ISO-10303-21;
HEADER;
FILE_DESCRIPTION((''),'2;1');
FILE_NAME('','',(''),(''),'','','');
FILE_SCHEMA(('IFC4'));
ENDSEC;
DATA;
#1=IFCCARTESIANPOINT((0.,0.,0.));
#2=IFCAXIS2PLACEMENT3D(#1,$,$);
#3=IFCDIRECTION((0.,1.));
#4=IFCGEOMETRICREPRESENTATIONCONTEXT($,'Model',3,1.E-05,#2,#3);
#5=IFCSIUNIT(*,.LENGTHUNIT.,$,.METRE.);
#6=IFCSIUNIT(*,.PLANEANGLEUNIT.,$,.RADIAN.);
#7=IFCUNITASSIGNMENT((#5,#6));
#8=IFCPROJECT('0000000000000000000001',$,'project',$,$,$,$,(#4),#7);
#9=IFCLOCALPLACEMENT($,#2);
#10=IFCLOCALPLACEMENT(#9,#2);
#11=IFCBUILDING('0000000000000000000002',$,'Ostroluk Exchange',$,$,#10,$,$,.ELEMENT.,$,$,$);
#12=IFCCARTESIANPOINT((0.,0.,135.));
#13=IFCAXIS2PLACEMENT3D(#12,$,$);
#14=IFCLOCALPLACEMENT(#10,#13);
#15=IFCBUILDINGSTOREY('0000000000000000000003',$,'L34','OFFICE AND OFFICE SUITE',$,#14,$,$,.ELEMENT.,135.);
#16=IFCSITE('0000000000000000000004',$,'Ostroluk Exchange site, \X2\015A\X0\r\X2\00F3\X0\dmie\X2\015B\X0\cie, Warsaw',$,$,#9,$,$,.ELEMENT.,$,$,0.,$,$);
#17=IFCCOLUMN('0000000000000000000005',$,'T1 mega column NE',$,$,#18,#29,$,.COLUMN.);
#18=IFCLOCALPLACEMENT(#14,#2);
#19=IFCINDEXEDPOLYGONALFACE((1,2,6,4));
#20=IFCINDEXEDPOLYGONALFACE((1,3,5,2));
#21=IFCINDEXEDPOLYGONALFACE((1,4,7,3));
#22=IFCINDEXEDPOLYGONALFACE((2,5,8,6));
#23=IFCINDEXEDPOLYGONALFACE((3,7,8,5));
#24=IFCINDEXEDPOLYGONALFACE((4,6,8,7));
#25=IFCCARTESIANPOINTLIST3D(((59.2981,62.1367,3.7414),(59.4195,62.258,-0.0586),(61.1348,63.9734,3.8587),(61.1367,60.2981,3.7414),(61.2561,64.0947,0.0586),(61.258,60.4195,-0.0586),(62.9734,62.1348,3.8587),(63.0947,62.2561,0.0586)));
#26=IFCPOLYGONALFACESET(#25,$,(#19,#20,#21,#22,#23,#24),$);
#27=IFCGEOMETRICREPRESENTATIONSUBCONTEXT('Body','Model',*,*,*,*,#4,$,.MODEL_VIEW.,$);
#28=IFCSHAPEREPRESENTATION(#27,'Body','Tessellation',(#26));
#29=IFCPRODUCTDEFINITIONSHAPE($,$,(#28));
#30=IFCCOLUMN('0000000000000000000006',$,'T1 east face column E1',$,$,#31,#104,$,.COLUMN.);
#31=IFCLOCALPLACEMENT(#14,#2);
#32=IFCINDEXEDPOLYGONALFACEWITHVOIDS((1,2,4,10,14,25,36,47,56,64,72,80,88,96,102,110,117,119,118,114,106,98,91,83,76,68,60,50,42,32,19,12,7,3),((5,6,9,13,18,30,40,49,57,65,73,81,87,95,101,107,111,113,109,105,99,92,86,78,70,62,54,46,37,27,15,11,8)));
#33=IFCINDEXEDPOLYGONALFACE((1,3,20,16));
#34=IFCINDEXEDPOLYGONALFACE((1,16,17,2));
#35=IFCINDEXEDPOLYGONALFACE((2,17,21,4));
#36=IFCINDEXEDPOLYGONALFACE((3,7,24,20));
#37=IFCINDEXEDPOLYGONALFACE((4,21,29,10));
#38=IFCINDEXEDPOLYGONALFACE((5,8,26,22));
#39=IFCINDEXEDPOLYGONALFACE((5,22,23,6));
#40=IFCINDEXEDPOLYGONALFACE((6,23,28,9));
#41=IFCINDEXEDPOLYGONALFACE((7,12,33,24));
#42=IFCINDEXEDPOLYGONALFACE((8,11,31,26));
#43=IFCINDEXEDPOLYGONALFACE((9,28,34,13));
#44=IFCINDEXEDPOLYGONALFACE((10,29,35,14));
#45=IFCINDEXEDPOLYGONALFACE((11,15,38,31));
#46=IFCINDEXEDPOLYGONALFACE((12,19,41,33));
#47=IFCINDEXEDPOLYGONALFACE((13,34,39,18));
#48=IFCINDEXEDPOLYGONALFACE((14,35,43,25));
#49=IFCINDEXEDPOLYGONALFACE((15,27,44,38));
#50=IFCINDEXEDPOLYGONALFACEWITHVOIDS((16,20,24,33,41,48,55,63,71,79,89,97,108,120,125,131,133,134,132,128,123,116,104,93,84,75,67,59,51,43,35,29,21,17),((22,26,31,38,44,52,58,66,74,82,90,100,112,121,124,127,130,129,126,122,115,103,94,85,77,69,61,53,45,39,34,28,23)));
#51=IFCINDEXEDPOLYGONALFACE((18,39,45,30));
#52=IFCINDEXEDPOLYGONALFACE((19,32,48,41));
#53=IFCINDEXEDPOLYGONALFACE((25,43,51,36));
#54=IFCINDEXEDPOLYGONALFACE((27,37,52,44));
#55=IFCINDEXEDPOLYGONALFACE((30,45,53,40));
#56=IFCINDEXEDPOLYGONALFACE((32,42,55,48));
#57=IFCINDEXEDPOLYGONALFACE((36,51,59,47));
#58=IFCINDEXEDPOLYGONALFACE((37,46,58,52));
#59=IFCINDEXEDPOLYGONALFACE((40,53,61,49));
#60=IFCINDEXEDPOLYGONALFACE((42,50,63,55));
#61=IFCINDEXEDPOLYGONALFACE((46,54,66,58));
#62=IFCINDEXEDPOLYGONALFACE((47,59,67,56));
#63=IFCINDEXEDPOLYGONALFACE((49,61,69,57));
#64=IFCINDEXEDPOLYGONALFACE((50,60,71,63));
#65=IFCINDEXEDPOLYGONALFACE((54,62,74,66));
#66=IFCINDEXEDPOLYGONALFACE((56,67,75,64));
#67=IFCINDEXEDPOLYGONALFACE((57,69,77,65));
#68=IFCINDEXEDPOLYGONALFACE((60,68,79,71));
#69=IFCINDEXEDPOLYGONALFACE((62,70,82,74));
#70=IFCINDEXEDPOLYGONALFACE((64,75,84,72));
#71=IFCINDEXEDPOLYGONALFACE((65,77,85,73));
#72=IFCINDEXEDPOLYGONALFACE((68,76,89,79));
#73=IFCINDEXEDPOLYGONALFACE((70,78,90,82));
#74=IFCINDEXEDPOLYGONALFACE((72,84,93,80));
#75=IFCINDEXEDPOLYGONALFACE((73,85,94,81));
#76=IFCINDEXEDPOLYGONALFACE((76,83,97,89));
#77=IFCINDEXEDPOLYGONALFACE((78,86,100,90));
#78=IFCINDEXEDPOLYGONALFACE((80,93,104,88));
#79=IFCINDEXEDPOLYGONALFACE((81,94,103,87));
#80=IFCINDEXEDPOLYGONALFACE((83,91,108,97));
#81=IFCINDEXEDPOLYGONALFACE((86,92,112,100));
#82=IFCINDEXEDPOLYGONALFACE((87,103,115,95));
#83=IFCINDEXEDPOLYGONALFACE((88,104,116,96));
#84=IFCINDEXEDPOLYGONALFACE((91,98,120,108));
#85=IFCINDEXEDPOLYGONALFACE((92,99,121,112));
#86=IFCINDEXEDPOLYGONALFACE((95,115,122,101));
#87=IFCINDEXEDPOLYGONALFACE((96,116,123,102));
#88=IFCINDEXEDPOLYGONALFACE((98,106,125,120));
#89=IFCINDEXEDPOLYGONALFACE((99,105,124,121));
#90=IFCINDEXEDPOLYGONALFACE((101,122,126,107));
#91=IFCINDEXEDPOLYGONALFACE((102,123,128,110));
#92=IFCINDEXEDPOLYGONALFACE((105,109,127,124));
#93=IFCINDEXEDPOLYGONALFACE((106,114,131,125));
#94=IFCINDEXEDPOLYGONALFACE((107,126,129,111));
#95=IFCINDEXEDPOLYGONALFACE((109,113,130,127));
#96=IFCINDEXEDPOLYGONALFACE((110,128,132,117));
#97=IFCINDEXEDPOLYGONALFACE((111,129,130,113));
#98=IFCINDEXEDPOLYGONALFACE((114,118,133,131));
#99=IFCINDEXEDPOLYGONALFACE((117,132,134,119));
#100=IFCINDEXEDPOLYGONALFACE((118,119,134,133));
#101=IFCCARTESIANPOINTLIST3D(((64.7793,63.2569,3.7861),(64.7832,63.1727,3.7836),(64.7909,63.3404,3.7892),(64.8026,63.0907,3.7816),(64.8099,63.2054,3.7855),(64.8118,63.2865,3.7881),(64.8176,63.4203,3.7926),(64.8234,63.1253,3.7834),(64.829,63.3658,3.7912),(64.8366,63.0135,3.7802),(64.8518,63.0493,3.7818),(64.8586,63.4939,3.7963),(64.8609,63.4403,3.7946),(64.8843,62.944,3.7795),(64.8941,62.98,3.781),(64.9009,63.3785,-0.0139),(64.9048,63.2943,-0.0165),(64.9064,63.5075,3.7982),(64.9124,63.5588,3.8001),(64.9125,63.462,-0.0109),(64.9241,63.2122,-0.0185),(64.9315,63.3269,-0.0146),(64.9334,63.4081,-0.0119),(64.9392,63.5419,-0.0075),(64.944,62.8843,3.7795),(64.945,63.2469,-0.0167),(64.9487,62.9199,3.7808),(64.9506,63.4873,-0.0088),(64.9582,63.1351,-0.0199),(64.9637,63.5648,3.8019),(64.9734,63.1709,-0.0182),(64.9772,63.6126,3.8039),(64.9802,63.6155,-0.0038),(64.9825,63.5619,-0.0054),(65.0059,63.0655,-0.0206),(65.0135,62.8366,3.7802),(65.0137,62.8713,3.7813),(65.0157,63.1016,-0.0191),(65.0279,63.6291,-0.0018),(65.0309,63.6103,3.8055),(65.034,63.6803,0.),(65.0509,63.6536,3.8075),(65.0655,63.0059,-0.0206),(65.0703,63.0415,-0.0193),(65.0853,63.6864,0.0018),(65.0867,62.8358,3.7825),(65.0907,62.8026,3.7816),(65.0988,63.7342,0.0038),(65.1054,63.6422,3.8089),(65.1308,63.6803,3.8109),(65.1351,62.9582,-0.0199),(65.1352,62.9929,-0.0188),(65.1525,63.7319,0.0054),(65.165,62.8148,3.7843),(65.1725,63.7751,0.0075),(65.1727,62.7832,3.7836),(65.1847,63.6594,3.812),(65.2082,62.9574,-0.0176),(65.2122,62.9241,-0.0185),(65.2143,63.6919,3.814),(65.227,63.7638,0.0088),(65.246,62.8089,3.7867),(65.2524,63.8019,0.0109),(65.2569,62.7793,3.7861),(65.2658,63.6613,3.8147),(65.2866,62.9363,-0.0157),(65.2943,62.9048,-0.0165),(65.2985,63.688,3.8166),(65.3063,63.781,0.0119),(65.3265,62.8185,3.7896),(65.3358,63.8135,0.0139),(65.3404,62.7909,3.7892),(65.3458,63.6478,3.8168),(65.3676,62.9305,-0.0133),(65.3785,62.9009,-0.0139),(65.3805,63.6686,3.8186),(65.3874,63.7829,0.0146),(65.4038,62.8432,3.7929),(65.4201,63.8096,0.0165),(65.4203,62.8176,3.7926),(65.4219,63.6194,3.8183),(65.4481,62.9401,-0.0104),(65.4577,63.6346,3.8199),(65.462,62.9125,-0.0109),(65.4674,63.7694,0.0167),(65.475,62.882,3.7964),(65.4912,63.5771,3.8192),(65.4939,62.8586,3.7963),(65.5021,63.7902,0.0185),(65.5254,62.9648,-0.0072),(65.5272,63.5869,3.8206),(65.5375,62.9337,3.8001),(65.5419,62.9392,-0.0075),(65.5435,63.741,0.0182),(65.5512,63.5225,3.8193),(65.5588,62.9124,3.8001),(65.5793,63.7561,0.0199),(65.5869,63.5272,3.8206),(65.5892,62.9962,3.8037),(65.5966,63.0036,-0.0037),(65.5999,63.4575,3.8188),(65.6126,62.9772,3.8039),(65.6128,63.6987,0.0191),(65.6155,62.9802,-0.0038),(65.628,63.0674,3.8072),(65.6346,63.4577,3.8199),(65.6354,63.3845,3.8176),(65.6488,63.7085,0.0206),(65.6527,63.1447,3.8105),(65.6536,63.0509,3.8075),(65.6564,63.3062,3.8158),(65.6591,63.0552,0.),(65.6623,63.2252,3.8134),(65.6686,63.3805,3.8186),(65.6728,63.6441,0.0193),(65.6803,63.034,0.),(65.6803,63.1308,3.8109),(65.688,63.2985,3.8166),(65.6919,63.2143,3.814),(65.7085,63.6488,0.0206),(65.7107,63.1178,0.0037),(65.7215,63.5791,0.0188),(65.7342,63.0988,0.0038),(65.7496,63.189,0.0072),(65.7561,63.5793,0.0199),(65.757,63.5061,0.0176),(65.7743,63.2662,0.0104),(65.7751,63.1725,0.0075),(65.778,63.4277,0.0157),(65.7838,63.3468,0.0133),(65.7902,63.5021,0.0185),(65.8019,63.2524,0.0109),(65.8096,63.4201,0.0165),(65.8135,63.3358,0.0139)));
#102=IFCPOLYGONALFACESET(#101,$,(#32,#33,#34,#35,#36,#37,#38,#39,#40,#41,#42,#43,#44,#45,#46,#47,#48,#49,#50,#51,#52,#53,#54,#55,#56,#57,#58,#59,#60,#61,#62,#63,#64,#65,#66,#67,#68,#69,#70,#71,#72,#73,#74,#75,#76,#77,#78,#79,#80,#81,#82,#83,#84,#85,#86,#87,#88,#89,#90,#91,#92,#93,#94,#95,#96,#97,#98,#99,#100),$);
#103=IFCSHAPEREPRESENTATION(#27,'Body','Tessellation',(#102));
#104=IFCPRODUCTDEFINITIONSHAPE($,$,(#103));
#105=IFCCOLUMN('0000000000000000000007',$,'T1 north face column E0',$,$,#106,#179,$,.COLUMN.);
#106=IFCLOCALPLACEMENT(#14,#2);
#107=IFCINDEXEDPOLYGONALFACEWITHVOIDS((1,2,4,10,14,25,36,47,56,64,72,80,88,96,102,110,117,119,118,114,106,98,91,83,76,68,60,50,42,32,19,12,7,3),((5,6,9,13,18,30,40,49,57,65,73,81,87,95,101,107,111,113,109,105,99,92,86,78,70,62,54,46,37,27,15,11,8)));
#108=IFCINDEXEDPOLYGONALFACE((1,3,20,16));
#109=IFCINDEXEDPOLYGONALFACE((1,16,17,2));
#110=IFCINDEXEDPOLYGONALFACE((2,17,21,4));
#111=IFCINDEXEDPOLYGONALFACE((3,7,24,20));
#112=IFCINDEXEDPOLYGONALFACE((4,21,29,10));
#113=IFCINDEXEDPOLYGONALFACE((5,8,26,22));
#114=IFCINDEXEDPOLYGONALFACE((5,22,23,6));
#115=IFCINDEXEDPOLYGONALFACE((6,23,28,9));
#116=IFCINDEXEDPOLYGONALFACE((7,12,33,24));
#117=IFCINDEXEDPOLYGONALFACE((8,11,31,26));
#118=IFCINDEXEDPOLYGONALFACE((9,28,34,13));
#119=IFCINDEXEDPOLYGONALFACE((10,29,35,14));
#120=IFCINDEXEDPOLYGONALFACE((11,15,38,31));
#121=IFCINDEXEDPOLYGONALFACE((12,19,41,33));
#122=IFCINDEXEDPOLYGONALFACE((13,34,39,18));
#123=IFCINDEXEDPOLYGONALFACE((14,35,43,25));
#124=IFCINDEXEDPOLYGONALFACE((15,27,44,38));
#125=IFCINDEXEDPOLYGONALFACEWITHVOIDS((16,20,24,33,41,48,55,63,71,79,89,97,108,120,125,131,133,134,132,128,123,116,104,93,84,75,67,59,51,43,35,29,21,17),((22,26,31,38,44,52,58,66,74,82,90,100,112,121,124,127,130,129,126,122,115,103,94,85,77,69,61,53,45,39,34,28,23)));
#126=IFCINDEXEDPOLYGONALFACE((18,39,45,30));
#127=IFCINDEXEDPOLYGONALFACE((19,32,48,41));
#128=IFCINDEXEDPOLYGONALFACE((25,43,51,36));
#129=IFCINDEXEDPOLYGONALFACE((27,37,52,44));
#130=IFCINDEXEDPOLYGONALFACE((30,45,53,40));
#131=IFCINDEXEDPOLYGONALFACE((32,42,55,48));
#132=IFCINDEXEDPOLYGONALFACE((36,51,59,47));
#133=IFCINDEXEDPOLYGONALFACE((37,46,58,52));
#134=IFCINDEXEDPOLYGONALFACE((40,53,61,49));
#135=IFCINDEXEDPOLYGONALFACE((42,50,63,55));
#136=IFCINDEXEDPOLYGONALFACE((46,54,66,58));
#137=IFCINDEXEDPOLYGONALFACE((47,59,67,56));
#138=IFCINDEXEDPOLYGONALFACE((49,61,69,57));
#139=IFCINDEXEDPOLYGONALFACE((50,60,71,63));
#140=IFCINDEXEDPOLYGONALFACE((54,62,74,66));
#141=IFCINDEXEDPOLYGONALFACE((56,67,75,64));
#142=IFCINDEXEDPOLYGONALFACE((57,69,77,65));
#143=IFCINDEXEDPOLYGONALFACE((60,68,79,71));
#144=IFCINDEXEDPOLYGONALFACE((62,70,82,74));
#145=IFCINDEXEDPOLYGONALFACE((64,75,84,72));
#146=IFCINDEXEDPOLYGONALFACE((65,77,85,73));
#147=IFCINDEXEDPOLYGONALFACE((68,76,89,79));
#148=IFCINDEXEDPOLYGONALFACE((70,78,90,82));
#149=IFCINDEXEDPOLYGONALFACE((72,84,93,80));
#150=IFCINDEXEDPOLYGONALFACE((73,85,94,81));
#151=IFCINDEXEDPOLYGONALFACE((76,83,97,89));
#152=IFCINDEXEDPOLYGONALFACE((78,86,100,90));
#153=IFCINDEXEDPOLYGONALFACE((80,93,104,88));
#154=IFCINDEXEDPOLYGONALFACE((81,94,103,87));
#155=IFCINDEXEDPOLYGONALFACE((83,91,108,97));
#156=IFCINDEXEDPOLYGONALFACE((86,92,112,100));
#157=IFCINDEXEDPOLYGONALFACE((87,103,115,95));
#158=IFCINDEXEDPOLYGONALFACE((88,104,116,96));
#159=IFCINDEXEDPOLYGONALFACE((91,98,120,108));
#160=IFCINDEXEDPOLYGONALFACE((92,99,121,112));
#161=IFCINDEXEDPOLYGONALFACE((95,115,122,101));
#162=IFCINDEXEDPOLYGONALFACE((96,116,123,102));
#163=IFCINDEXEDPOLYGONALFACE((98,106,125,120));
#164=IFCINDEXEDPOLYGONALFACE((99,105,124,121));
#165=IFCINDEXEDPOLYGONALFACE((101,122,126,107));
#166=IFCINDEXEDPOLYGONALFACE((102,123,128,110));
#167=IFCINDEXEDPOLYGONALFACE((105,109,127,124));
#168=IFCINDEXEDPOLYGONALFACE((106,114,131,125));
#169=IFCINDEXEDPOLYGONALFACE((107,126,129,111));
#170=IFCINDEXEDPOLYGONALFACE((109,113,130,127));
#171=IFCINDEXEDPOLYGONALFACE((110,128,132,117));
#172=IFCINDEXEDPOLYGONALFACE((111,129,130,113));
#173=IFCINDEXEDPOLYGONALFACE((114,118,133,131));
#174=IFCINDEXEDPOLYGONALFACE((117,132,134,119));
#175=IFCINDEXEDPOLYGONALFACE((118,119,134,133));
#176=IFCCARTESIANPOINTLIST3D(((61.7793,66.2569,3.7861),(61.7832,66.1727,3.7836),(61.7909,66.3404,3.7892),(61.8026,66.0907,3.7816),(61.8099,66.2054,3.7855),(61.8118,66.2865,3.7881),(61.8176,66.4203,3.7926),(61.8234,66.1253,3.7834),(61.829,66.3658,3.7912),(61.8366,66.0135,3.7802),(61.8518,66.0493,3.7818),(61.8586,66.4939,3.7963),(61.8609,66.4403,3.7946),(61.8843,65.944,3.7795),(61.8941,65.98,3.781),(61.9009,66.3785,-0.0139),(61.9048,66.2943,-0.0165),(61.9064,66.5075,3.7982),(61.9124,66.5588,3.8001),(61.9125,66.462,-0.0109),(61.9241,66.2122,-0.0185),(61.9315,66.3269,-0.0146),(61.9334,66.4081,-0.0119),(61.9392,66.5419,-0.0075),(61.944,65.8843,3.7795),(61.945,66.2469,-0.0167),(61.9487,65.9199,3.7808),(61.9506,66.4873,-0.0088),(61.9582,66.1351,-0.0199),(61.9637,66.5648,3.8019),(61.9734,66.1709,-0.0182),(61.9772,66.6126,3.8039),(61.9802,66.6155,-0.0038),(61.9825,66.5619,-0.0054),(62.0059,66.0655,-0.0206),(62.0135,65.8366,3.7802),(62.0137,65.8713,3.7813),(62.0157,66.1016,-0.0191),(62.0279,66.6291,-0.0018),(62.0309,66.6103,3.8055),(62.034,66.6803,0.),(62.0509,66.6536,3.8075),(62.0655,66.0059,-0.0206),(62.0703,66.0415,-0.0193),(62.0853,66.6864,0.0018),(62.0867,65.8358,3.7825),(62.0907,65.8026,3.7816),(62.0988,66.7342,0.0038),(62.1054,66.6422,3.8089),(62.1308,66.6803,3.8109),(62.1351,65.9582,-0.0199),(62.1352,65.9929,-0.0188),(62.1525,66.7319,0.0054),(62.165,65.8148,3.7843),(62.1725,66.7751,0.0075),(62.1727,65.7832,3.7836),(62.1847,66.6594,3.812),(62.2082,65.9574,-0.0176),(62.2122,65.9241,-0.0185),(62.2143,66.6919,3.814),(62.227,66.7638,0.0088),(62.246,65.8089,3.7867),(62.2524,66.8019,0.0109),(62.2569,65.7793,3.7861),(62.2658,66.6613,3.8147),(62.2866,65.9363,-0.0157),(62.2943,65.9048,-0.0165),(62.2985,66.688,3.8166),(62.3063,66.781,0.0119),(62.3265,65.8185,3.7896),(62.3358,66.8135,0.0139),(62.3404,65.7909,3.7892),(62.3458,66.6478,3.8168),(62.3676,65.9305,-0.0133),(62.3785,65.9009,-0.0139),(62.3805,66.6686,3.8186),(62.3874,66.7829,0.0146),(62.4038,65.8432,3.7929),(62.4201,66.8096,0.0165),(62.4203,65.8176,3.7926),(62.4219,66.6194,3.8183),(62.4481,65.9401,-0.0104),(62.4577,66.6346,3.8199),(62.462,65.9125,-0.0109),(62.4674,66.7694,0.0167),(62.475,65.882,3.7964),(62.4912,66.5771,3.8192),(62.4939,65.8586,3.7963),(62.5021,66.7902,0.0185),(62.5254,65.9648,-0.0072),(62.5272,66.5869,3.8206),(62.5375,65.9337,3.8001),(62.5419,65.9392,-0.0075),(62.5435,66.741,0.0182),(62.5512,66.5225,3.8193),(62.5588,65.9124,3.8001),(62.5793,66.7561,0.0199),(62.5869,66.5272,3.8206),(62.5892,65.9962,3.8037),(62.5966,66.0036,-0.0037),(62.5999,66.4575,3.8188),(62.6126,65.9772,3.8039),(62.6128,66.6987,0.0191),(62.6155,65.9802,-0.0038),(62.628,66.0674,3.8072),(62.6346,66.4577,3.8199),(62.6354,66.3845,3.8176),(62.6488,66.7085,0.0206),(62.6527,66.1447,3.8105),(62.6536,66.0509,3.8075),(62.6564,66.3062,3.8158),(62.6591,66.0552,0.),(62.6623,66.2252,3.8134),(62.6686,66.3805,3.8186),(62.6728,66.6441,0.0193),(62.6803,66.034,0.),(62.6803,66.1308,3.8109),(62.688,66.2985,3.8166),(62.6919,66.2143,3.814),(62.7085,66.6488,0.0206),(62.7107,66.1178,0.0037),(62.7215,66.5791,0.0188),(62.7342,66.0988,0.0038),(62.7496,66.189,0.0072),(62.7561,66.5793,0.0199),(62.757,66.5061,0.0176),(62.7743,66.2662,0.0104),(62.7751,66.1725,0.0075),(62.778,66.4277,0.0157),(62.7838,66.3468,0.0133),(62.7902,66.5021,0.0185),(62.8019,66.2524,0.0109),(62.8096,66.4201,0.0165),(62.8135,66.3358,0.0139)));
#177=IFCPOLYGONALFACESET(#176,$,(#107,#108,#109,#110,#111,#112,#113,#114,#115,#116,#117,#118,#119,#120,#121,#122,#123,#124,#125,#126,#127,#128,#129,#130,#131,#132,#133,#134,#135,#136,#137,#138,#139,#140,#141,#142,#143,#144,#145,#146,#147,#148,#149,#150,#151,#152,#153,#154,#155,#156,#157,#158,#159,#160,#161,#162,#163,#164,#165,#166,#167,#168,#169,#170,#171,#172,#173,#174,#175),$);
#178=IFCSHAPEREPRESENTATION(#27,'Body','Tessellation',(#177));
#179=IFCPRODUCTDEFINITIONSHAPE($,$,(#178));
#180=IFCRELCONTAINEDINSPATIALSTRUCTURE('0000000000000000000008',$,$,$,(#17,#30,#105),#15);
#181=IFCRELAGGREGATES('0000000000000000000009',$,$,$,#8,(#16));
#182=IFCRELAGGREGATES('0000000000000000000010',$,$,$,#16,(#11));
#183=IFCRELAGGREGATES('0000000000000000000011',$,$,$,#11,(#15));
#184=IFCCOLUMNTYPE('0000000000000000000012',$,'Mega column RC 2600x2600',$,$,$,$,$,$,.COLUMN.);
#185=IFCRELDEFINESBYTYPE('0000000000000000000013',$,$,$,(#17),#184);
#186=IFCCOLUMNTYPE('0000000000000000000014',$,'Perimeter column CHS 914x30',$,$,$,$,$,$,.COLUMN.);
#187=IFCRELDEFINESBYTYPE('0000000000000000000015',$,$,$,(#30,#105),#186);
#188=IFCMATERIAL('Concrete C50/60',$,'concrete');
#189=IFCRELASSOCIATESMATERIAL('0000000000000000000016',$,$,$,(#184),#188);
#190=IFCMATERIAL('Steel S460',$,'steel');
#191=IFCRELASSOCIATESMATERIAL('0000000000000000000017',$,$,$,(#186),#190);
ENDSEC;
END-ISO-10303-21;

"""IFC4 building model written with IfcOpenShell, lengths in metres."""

from ifc_helpers import new_model, si_unit, direction, frame, origin, origin_2d, place, context, subcontext, project, spatial, rectangle, hollow_circle, extrude, material, material_profile, profile_set, type_object, element, save


model = new_model("IFC4")

# Units and contexts
model_context = context("Model", 3, precision=1e-05, world=origin(), true_north=direction((0.0, 1.0)))
body_context = subcontext(model_context, "Body", "Model", "MODEL_VIEW")
ifc_project = project(units=[si_unit("LENGTHUNIT", "METRE"), si_unit("PLANEANGLEUNIT", "RADIAN")], contexts=[model_context])

# Site, building, storey
site_placement = place(None, origin())
site = spatial("IfcSite", under=ifc_project, at=site_placement, Name="Ostroluk Exchange site, Śródmieście, Warsaw", CompositionType="ELEMENT", RefElevation=0.0)
building_placement = place(site_placement, origin())
building = spatial("IfcBuilding", under=site, at=building_placement, Name="Ostroluk Exchange", CompositionType="ELEMENT")
storey_placement = place(building_placement, frame((0.0, 0.0, 135.0)))
storey = spatial("IfcBuildingStorey", under=building, at=storey_placement, Name="L34", Description="OFFICE AND OFFICE SUITE", CompositionType="ELEMENT", Elevation=135.0)

# Columns
ifc_material_1 = material(Name="Concrete C50/60", Category="concrete")
ifc_material_profile_1 = material_profile(ifc_material_1, rectangle(XDim=2.6001, YDim=2.6001, at=origin_2d()), Name="RC 2600x2600")
ifc_profile_set_1 = profile_set([ifc_material_profile_1], Name="Concrete C50/60")
column_type_1 = type_object("IfcColumnType", Name="Mega column RC 2600x2600", PredefinedType="COLUMN", material=ifc_profile_set_1)
column_placement = place(storey_placement, frame((61.2571, 62.2571, 0.0), z_axis=(-0.031898, -0.031898, 0.998982), x_axis=(0.707107, -0.707107, 0.0)))
element("IfcColumn", 1, at=column_placement, inside=storey, type_object=column_type_1, Name="T1 mega column NE", PredefinedType="COLUMN", context=body_context, shape_type="SweptSolid", body=[
    extrude(rectangle(XDim=2.6001, YDim=2.6001, at=origin_2d()), origin(), (0.0, 0.0, 1.0), 3.804),
])
ifc_material_2 = material(Name="Steel S460", Category="steel")
ifc_material_profile_2 = material_profile(ifc_material_2, hollow_circle(Radius=0.457, WallThickness=0.03, at=origin_2d()), Name="CHS 914x30")
ifc_profile_set_2 = profile_set([ifc_material_profile_2], Name="Steel S460")
column_type_2 = type_object("IfcColumnType", Name="Perimeter column CHS 914x30", PredefinedType="COLUMN", material=ifc_profile_set_2)
for number, where, z_axis, x_axis, name in (
    (2, (65.3572, 63.3572, 0.0), (-0.031962, -0.031962, 0.998978), (0.707107, -0.707107, 0.0), "T1 east face column E1"),
    (3, (62.3572, 66.3572, 0.0), (-0.031962, -0.031962, 0.998978), (0.707107, -0.707107, 0.0), "T1 north face column E0"),
):
    element("IfcColumn", number, at=place(storey_placement, frame(where, z_axis=z_axis, x_axis=x_axis)), inside=storey, type_object=column_type_2, Name=name, PredefinedType="COLUMN", context=body_context, shape_type="SweptSolid", body=[
        extrude(hollow_circle(Radius=0.457, WallThickness=0.03, at=origin_2d()), origin(), (0.0, 0.0, 1.0), 3.804),
    ])

save(model, "model.ifc")
